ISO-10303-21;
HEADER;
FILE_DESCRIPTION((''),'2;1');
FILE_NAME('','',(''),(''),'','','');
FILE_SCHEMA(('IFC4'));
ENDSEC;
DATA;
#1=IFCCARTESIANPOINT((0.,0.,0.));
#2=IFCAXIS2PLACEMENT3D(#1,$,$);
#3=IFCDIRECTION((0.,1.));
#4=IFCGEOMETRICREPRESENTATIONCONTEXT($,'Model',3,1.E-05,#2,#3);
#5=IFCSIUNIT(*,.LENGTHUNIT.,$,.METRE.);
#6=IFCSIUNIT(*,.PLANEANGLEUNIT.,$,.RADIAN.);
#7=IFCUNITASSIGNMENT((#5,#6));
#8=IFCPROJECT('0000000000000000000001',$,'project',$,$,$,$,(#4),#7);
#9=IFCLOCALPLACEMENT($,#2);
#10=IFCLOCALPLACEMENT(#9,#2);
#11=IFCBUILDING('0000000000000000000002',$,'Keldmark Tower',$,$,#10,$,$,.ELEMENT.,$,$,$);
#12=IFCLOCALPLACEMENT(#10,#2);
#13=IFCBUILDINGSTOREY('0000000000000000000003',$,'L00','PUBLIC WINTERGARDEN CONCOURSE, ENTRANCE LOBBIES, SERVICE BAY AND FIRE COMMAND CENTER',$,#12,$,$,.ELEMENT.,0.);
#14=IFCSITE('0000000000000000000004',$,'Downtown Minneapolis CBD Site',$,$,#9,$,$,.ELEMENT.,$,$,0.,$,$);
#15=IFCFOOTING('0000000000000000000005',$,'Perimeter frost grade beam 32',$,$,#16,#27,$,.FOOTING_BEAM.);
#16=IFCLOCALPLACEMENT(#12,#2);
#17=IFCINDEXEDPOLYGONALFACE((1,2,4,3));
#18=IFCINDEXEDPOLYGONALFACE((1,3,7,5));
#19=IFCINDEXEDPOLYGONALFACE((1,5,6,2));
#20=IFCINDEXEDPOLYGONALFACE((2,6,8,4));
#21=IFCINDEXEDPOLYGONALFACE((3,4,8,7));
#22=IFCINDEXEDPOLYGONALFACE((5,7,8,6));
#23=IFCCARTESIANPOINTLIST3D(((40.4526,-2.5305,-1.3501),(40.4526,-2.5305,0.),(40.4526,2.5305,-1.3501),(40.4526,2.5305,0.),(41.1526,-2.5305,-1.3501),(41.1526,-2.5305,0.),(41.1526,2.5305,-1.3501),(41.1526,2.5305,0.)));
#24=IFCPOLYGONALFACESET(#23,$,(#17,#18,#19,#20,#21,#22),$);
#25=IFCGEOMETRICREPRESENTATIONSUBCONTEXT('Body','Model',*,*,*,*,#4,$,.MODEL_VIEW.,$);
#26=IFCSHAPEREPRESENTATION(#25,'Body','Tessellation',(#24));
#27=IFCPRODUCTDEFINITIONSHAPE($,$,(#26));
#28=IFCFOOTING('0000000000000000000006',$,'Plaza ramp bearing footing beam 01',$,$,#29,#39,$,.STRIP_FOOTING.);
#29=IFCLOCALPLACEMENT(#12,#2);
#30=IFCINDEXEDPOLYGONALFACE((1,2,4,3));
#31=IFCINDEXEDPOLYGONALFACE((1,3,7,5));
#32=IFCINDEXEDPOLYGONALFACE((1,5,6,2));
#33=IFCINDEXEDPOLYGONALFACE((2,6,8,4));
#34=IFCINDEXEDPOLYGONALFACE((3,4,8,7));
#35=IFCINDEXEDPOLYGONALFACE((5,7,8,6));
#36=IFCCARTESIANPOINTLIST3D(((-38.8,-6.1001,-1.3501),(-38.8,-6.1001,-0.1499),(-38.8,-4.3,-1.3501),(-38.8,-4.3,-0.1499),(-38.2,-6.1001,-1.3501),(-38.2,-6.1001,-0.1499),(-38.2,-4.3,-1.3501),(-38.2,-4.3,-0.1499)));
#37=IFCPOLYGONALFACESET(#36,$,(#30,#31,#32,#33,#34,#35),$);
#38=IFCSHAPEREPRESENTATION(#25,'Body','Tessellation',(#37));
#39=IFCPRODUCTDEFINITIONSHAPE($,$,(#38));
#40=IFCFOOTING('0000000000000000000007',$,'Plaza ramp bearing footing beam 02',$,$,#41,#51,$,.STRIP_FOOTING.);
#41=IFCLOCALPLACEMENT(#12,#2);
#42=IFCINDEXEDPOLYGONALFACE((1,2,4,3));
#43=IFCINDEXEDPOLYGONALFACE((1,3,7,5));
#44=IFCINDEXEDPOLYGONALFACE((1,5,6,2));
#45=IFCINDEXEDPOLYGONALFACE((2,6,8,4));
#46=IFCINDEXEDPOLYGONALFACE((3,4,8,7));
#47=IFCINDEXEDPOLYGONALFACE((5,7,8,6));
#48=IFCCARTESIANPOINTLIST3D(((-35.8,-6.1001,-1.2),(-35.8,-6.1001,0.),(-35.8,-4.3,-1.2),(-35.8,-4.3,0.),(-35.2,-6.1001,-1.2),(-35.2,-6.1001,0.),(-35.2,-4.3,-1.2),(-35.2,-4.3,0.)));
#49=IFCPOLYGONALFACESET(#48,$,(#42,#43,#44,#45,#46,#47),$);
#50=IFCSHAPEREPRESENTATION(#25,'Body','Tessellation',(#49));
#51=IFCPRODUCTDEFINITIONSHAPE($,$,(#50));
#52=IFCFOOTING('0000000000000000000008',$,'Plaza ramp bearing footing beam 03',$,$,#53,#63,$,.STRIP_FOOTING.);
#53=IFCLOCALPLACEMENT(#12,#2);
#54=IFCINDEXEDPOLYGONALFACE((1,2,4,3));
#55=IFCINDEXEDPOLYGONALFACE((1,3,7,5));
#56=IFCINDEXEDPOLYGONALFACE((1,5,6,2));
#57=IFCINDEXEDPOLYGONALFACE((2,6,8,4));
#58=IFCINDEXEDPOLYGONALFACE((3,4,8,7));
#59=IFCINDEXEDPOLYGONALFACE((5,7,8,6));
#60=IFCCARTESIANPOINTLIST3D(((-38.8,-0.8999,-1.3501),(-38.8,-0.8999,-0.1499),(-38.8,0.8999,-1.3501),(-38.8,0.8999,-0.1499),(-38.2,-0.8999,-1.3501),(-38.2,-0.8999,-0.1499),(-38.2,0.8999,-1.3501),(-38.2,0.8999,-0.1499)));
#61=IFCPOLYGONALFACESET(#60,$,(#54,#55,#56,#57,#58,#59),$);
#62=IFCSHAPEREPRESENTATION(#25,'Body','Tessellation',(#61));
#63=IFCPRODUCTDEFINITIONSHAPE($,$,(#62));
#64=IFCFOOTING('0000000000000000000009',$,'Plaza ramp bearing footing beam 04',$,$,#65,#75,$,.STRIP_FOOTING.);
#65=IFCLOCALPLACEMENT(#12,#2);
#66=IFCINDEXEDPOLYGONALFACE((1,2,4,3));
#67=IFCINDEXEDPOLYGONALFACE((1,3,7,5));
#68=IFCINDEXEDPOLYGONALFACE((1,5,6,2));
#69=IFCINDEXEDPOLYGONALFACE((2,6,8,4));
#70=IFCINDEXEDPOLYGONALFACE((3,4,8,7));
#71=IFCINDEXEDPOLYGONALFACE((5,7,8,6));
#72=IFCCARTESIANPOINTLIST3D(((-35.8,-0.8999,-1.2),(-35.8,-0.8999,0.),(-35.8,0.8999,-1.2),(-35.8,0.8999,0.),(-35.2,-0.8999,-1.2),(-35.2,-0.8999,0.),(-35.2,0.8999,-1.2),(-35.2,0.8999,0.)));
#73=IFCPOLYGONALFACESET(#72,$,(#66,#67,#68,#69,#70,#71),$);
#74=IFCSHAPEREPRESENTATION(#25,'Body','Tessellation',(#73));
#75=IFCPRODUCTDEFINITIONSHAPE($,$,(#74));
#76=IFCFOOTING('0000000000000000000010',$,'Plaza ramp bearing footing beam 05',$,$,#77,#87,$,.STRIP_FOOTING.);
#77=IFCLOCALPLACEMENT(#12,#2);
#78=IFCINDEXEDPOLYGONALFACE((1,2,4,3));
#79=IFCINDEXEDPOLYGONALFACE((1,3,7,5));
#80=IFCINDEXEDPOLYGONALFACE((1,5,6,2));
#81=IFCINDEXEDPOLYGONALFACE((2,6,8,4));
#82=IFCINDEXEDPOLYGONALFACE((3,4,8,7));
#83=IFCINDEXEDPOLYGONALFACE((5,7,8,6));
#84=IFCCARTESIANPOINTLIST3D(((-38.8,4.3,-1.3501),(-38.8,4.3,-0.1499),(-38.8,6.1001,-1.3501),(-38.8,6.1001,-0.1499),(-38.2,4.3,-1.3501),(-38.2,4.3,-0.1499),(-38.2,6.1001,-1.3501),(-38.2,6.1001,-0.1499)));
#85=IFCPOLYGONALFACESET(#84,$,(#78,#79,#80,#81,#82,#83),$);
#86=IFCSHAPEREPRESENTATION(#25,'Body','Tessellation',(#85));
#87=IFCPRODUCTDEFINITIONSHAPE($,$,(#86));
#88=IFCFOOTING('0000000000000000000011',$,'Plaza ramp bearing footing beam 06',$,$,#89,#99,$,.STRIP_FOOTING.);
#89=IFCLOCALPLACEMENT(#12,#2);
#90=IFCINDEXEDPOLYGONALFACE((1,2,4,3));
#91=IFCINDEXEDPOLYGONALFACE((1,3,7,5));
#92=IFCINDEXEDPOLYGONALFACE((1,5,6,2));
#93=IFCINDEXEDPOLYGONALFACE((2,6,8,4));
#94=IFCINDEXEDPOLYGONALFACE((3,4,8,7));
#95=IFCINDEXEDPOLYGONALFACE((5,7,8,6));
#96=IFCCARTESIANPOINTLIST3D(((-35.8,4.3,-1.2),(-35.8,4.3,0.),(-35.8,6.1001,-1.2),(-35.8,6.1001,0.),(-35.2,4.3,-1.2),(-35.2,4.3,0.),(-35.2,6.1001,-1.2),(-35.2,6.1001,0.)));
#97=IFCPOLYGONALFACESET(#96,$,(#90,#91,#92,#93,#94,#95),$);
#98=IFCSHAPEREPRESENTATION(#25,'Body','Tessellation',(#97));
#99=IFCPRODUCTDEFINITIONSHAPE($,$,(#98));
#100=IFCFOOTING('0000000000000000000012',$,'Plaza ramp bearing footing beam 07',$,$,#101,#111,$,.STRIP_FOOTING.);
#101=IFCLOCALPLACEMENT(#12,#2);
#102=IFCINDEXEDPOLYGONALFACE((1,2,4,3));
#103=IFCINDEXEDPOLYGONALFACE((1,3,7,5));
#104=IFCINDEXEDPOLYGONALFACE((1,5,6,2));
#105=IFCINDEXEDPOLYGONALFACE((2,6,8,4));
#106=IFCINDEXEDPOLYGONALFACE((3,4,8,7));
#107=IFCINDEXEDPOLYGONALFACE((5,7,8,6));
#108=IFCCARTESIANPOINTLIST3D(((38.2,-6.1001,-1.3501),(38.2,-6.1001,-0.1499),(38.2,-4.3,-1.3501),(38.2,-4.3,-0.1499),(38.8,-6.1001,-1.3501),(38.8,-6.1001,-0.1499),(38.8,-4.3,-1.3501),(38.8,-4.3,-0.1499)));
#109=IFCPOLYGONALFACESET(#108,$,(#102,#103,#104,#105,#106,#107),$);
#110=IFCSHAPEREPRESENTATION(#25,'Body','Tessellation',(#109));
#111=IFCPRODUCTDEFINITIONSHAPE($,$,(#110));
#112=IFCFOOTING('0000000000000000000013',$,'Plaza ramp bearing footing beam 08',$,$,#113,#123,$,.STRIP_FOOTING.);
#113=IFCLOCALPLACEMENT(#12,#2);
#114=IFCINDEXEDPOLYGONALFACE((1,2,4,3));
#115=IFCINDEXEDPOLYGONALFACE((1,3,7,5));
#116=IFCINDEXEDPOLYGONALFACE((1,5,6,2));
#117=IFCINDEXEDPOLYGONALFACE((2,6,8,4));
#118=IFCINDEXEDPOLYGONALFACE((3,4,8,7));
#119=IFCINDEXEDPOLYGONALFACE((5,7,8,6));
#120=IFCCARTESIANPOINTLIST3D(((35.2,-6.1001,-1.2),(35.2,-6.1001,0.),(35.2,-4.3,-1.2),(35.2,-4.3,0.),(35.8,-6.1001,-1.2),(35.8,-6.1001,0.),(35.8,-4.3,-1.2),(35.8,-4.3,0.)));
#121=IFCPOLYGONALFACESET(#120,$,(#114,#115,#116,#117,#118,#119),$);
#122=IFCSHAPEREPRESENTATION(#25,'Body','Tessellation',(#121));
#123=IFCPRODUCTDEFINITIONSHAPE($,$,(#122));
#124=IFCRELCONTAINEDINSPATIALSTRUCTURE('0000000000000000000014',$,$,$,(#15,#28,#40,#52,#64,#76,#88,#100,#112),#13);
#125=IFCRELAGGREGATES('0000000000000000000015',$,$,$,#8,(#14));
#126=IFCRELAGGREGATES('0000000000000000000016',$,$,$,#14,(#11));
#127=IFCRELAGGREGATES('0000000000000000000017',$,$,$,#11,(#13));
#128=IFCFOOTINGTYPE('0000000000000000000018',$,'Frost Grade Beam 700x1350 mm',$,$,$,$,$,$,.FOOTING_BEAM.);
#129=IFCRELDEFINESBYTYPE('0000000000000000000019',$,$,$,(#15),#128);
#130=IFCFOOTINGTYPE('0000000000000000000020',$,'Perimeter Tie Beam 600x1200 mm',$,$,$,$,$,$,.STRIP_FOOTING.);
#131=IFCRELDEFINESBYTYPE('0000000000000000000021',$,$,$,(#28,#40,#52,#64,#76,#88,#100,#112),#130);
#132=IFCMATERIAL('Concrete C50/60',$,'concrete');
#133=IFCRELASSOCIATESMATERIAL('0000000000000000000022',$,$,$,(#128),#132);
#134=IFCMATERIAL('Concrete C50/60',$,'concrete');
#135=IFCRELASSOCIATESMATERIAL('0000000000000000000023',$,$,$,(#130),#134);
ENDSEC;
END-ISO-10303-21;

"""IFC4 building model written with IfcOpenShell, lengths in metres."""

from ifc_helpers import new_model, si_unit, direction, frame, origin, place, context, subcontext, project, spatial, polyline, outline, extrude, material, type_object, element, save


model = new_model("IFC4")

# Units and contexts
model_context = context("Model", 3, precision=1e-05, world=origin(), true_north=direction((0.0, 1.0)))
body_context = subcontext(model_context, "Body", "Model", "MODEL_VIEW")
ifc_project = project(units=[si_unit("LENGTHUNIT", "METRE"), si_unit("PLANEANGLEUNIT", "RADIAN")], contexts=[model_context])

# Site, building, storey
site_placement = place(None, origin())
site = spatial("IfcSite", under=ifc_project, at=site_placement, Name="Downtown Minneapolis CBD Site", CompositionType="ELEMENT", RefElevation=0.0)
building_placement = place(site_placement, origin())
building = spatial("IfcBuilding", under=site, at=building_placement, Name="Keldmark Tower", CompositionType="ELEMENT")
storey_placement = place(building_placement, origin())
storey = spatial("IfcBuildingStorey", under=building, at=storey_placement, Name="L00", Description="PUBLIC WINTERGARDEN CONCOURSE, ENTRANCE LOBBIES, SERVICE BAY AND FIRE COMMAND CENTER", CompositionType="ELEMENT", Elevation=0.0)

# Footings
ifc_material_1 = material(Name="Concrete C50/60", Category="concrete")
footing_type_1 = type_object("IfcFootingType", Name="Frost Grade Beam 700x1350 mm", PredefinedType="FOOTING_BEAM", material=ifc_material_1)
footing_1_placement = place(storey_placement, frame((0.0, 0.0, -1.3501)))
element("IfcFooting", 1, at=footing_1_placement, inside=storey, type_object=footing_type_1, Name="Perimeter frost grade beam 32", PredefinedType="FOOTING_BEAM", context=body_context, shape_type="SweptSolid", body=[
    extrude(outline(polyline([(41.1526, -2.5305), (41.1526, 2.5305), (40.4526, 2.5305), (40.4526, -2.5305), (41.1526, -2.5305)])), origin(), (0.0, 0.0, 1.0), 1.3501),
])
ifc_material_2 = material(Name="Concrete C50/60", Category="concrete")
footing_type_2 = type_object("IfcFootingType", Name="Perimeter Tie Beam 600x1200 mm", PredefinedType="STRIP_FOOTING", material=ifc_material_2)
footing_2_placement = place(storey_placement, frame((0.0, 0.0, -1.3501)))
element("IfcFooting", 2, at=footing_2_placement, inside=storey, type_object=footing_type_2, Name="Plaza ramp bearing footing beam 01", PredefinedType="STRIP_FOOTING", context=body_context, shape_type="SweptSolid", body=[
    extrude(outline(polyline([(-38.8, -6.1001), (-38.2, -6.1001), (-38.2, -4.3), (-38.8, -4.3), (-38.8, -6.1001)])), origin(), (0.0, 0.0, 1.0), 1.2002),
])
footing_3_placement = place(storey_placement, frame((0.0, 0.0, -1.2)))
element("IfcFooting", 3, at=footing_3_placement, inside=storey, type_object=footing_type_2, Name="Plaza ramp bearing footing beam 02", PredefinedType="STRIP_FOOTING", context=body_context, shape_type="SweptSolid", body=[
    extrude(outline(polyline([(-35.8, -6.1001), (-35.2, -6.1001), (-35.2, -4.3), (-35.8, -4.3), (-35.8, -6.1001)])), origin(), (0.0, 0.0, 1.0), 1.2),
])
footing_4_placement = place(storey_placement, frame((0.0, 0.0, -1.3501)))
element("IfcFooting", 4, at=footing_4_placement, inside=storey, type_object=footing_type_2, Name="Plaza ramp bearing footing beam 03", PredefinedType="STRIP_FOOTING", context=body_context, shape_type="SweptSolid", body=[
    extrude(outline(polyline([(-38.8, -0.8999), (-38.2, -0.8999), (-38.2, 0.8999), (-38.8, 0.8999), (-38.8, -0.8999)])), origin(), (0.0, 0.0, 1.0), 1.2002),
])
footing_5_placement = place(storey_placement, frame((0.0, 0.0, -1.2)))
element("IfcFooting", 5, at=footing_5_placement, inside=storey, type_object=footing_type_2, Name="Plaza ramp bearing footing beam 04", PredefinedType="STRIP_FOOTING", context=body_context, shape_type="SweptSolid", body=[
    extrude(outline(polyline([(-35.8, -0.8999), (-35.2, -0.8999), (-35.2, 0.8999), (-35.8, 0.8999), (-35.8, -0.8999)])), origin(), (0.0, 0.0, 1.0), 1.2),
])
footing_6_placement = place(storey_placement, frame((0.0, 0.0, -1.3501)))
element("IfcFooting", 6, at=footing_6_placement, inside=storey, type_object=footing_type_2, Name="Plaza ramp bearing footing beam 05", PredefinedType="STRIP_FOOTING", context=body_context, shape_type="SweptSolid", body=[
    extrude(outline(polyline([(-38.8, 4.3), (-38.2, 4.3), (-38.2, 6.1001), (-38.8, 6.1001), (-38.8, 4.3)])), origin(), (0.0, 0.0, 1.0), 1.2002),
])
footing_7_placement = place(storey_placement, frame((0.0, 0.0, -1.2)))
element("IfcFooting", 7, at=footing_7_placement, inside=storey, type_object=footing_type_2, Name="Plaza ramp bearing footing beam 06", PredefinedType="STRIP_FOOTING", context=body_context, shape_type="SweptSolid", body=[
    extrude(outline(polyline([(-35.8, 4.3), (-35.2, 4.3), (-35.2, 6.1001), (-35.8, 6.1001), (-35.8, 4.3)])), origin(), (0.0, 0.0, 1.0), 1.2),
])
footing_8_placement = place(storey_placement, frame((0.0, 0.0, -1.3501)))
element("IfcFooting", 8, at=footing_8_placement, inside=storey, type_object=footing_type_2, Name="Plaza ramp bearing footing beam 07", PredefinedType="STRIP_FOOTING", context=body_context, shape_type="SweptSolid", body=[
    extrude(outline(polyline([(38.2, -6.1001), (38.8, -6.1001), (38.8, -4.3), (38.2, -4.3), (38.2, -6.1001)])), origin(), (0.0, 0.0, 1.0), 1.2002),
])
footing_9_placement = place(storey_placement, frame((0.0, 0.0, -1.2)))
element("IfcFooting", 9, at=footing_9_placement, inside=storey, type_object=footing_type_2, Name="Plaza ramp bearing footing beam 08", PredefinedType="STRIP_FOOTING", context=body_context, shape_type="SweptSolid", body=[
    extrude(outline(polyline([(35.2, -6.1001), (35.8, -6.1001), (35.8, -4.3), (35.2, -4.3), (35.2, -6.1001)])), origin(), (0.0, 0.0, 1.0), 1.2),
])

save(model, "model.ifc")
